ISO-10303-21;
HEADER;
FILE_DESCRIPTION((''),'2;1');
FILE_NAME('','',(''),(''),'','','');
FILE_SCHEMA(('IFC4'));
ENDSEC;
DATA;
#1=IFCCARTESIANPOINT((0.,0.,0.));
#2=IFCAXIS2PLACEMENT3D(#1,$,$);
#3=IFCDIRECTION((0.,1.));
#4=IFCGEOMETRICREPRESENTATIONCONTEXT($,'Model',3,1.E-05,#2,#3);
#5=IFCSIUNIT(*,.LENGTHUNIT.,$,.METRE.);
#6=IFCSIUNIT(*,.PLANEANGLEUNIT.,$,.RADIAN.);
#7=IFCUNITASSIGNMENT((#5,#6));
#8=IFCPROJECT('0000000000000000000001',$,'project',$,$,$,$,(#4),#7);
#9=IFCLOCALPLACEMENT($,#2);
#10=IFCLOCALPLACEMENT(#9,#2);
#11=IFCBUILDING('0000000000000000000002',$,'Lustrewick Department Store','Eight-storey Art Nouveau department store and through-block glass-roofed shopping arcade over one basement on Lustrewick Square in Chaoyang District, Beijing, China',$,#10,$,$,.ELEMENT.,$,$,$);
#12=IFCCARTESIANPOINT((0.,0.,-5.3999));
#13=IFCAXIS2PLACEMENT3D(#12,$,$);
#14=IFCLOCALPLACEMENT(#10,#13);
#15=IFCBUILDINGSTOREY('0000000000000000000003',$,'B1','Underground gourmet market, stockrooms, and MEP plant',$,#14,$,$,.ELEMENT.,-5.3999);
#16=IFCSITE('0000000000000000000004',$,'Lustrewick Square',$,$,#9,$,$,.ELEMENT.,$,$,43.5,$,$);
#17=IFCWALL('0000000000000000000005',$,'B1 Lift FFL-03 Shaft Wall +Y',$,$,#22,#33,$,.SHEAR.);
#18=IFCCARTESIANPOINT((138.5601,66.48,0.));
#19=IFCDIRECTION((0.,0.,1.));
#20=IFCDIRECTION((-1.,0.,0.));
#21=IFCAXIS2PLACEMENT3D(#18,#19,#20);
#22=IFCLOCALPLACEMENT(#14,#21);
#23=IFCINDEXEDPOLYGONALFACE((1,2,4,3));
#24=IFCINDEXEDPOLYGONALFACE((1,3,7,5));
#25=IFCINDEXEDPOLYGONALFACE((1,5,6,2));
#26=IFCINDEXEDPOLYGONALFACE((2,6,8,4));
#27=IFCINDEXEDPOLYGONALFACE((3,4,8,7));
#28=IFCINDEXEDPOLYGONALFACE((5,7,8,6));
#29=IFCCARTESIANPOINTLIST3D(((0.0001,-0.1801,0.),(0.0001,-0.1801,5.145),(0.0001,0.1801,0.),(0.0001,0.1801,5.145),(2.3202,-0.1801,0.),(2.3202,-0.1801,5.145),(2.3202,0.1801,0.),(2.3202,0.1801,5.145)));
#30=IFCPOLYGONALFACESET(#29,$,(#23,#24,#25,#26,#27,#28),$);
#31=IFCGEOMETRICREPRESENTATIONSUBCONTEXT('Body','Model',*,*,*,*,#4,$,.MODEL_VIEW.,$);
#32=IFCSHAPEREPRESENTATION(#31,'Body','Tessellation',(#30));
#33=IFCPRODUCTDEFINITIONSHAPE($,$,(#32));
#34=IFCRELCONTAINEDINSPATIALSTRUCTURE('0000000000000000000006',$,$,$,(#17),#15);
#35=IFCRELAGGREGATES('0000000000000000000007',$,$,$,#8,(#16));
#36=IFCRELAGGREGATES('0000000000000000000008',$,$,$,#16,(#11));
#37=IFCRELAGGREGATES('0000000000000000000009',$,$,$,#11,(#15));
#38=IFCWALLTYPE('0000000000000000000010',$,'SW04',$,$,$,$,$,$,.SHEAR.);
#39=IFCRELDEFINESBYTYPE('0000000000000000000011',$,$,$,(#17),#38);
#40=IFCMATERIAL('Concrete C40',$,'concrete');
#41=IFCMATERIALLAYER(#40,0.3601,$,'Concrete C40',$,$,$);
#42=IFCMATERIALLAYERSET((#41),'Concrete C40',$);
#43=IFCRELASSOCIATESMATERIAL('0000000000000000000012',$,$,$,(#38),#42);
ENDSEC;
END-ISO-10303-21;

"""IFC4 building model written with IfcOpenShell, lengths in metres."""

from ifc_helpers import new_model, si_unit, direction, frame, frame_2d, origin, place, context, subcontext, project, spatial, rectangle, extrude, material, layer, layer_set, type_object, element, save


model = new_model("IFC4")

# Units and contexts
model_context = context("Model", 3, precision=1e-05, world=origin(), true_north=direction((0.0, 1.0)))
body_context = subcontext(model_context, "Body", "Model", "MODEL_VIEW")
ifc_project = project(units=[si_unit("LENGTHUNIT", "METRE"), si_unit("PLANEANGLEUNIT", "RADIAN")], contexts=[model_context])

# Site, building, storey
site_placement = place(None, origin())
site = spatial("IfcSite", under=ifc_project, at=site_placement, Name="Lustrewick Square", CompositionType="ELEMENT", RefElevation=43.5)
building_placement = place(site_placement, origin())
building = spatial("IfcBuilding", under=site, at=building_placement, Name="Lustrewick Department Store", Description="Eight-storey Art Nouveau department store and through-block glass-roofed shopping arcade over one basement on Lustrewick Square in Chaoyang District, Beijing, China", CompositionType="ELEMENT")
storey_placement = place(building_placement, frame((0.0, 0.0, -5.3999)))
storey = spatial("IfcBuildingStorey", under=building, at=storey_placement, Name="B1", Description="Underground gourmet market, stockrooms, and MEP plant", CompositionType="ELEMENT", Elevation=-5.3999)

# Shared definitions
ifc_material_1 = material(Name="Concrete C40", Category="concrete")

# Wall
ifc_layer_1 = layer(ifc_material_1, 0.3601, Name="Concrete C40")
ifc_layer_set_1 = layer_set([ifc_layer_1], Name="Concrete C40")
wall_type_1 = type_object("IfcWallType", Name="SW04", PredefinedType="SHEAR", material=ifc_layer_set_1)
wall_1_placement = place(storey_placement, frame((138.5601, 66.48, 0.0), z_axis=(0.0, 0.0, 1.0), x_axis=(-1.0, 0.0, 0.0)))
element("IfcWall", 1, at=wall_1_placement, inside=storey, type_object=wall_type_1, Name="B1 Lift FFL-03 Shaft Wall +Y", PredefinedType="SHEAR", context=body_context, shape_type="SweptSolid", body=[
    extrude(rectangle(XDim=2.3201, YDim=0.3601, at=frame_2d((1.1602, 0.0))), origin(), (0.0, 0.0, 1.0), 5.145),
])

save(model, "model.ifc")
